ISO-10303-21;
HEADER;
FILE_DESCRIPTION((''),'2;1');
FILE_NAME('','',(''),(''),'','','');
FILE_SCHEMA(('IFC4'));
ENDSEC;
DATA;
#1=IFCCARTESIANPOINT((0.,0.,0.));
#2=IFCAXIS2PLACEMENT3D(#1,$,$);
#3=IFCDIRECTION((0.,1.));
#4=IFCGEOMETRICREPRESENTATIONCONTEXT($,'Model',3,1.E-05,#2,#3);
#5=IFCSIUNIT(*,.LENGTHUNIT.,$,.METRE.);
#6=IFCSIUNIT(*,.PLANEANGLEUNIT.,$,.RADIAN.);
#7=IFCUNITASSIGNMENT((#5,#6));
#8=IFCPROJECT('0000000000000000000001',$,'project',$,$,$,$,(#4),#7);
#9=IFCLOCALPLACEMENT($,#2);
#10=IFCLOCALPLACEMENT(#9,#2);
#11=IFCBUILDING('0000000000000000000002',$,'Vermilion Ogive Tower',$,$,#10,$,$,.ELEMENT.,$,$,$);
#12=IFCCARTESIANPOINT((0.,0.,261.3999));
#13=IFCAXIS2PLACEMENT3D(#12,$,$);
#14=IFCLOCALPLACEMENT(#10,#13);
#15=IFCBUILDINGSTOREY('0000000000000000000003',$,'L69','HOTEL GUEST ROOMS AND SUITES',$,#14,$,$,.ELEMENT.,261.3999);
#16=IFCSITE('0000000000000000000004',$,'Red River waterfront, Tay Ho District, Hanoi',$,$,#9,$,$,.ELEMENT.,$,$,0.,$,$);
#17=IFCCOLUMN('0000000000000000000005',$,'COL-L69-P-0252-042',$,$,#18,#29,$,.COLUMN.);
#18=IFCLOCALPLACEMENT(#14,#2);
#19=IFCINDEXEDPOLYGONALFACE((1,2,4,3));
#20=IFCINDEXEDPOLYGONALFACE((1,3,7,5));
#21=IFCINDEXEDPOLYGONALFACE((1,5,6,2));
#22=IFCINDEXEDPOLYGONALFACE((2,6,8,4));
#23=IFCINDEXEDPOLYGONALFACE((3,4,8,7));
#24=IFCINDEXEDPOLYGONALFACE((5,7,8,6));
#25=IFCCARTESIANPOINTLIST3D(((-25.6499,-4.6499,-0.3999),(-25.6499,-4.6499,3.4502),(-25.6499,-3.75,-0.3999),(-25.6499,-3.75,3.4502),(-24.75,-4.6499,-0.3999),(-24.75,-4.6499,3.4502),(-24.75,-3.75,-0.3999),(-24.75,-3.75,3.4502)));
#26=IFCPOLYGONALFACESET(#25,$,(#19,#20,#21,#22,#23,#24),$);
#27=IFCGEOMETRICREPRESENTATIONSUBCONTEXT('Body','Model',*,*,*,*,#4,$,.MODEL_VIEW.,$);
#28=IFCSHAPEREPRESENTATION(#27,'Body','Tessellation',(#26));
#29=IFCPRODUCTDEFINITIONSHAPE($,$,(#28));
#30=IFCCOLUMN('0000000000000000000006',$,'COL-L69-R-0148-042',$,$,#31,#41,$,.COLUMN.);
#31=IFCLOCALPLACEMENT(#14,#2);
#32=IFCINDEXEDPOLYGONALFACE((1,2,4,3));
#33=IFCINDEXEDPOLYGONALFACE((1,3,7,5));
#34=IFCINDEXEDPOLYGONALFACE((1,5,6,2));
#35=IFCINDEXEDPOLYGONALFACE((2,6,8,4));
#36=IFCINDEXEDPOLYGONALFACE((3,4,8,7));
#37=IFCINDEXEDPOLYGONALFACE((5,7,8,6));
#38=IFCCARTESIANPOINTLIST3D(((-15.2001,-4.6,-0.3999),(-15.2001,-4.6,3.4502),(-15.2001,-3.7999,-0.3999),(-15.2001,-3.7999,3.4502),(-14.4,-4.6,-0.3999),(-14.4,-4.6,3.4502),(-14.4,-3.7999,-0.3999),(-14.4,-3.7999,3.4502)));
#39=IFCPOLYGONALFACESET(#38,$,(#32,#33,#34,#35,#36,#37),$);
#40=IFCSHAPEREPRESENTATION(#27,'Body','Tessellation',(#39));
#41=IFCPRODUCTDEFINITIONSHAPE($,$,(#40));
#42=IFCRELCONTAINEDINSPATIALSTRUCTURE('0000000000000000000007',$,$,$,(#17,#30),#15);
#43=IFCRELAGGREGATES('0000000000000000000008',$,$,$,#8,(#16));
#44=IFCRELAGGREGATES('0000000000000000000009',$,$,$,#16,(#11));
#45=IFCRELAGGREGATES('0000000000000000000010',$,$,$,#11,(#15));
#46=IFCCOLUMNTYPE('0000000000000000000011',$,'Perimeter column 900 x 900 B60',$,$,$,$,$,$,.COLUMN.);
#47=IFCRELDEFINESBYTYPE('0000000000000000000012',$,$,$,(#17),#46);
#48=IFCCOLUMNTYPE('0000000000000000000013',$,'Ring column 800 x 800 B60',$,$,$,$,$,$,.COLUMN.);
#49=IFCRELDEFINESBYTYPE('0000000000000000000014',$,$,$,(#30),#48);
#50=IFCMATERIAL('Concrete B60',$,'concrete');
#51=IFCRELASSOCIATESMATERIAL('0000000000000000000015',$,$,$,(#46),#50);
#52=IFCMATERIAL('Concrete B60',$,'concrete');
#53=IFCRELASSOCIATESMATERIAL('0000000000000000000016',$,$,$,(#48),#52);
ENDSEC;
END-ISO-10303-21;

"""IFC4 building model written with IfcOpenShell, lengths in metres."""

from ifc_helpers import new_model, si_unit, direction, frame, origin, origin_2d, place, context, subcontext, project, spatial, rectangle, extrude, material, material_profile, profile_set, type_object, element, save


model = new_model("IFC4")

# Units and contexts
model_context = context("Model", 3, precision=1e-05, world=origin(), true_north=direction((0.0, 1.0)))
body_context = subcontext(model_context, "Body", "Model", "MODEL_VIEW")
ifc_project = project(units=[si_unit("LENGTHUNIT", "METRE"), si_unit("PLANEANGLEUNIT", "RADIAN")], contexts=[model_context])

# Site, building, storey
site_placement = place(None, origin())
site = spatial("IfcSite", under=ifc_project, at=site_placement, Name="Red River waterfront, Tay Ho District, Hanoi", CompositionType="ELEMENT", RefElevation=0.0)
building_placement = place(site_placement, origin())
building = spatial("IfcBuilding", under=site, at=building_placement, Name="Vermilion Ogive Tower", CompositionType="ELEMENT")
storey_placement = place(building_placement, frame((0.0, 0.0, 261.3999)))
storey = spatial("IfcBuildingStorey", under=building, at=storey_placement, Name="L69", Description="HOTEL GUEST ROOMS AND SUITES", CompositionType="ELEMENT", Elevation=261.3999)

# Columns
ifc_material_1 = material(Name="Concrete B60", Category="concrete")
ifc_material_profile_1 = material_profile(ifc_material_1, rectangle(XDim=0.8999, YDim=0.8999, at=origin_2d()), Name="900 x 900")
ifc_profile_set_1 = profile_set([ifc_material_profile_1], Name="Concrete B60")
column_type_1 = type_object("IfcColumnType", Name="Perimeter column 900 x 900 B60", PredefinedType="COLUMN", material=ifc_profile_set_1)
column_1_placement = place(storey_placement, frame((-25.2, -4.2, -0.3999), z_axis=(0.0, 0.0, 1.0), x_axis=(1.0, 0.0, 0.0)))
element("IfcColumn", 1, at=column_1_placement, inside=storey, type_object=column_type_1, Name="COL-L69-P-0252-042", PredefinedType="COLUMN", context=body_context, shape_type="SweptSolid", body=[
    extrude(rectangle(XDim=0.8999, YDim=0.8999, at=origin_2d()), origin(), (0.0, 0.0, 1.0), 3.8501),
])
ifc_material_2 = material(Name="Concrete B60", Category="concrete")
ifc_material_profile_2 = material_profile(ifc_material_2, rectangle(XDim=0.8, YDim=0.8, at=origin_2d()), Name="800 x 800")
ifc_profile_set_2 = profile_set([ifc_material_profile_2], Name="Concrete B60")
column_type_2 = type_object("IfcColumnType", Name="Ring column 800 x 800 B60", PredefinedType="COLUMN", material=ifc_profile_set_2)
column_2_placement = place(storey_placement, frame((-14.8, -4.2, -0.3999), z_axis=(0.0, 0.0, 1.0), x_axis=(1.0, 0.0, 0.0)))
element("IfcColumn", 2, at=column_2_placement, inside=storey, type_object=column_type_2, Name="COL-L69-R-0148-042", PredefinedType="COLUMN", context=body_context, shape_type="SweptSolid", body=[
    extrude(rectangle(XDim=0.8, YDim=0.8, at=origin_2d()), origin(), (0.0, 0.0, 1.0), 3.8501),
])

save(model, "model.ifc")
